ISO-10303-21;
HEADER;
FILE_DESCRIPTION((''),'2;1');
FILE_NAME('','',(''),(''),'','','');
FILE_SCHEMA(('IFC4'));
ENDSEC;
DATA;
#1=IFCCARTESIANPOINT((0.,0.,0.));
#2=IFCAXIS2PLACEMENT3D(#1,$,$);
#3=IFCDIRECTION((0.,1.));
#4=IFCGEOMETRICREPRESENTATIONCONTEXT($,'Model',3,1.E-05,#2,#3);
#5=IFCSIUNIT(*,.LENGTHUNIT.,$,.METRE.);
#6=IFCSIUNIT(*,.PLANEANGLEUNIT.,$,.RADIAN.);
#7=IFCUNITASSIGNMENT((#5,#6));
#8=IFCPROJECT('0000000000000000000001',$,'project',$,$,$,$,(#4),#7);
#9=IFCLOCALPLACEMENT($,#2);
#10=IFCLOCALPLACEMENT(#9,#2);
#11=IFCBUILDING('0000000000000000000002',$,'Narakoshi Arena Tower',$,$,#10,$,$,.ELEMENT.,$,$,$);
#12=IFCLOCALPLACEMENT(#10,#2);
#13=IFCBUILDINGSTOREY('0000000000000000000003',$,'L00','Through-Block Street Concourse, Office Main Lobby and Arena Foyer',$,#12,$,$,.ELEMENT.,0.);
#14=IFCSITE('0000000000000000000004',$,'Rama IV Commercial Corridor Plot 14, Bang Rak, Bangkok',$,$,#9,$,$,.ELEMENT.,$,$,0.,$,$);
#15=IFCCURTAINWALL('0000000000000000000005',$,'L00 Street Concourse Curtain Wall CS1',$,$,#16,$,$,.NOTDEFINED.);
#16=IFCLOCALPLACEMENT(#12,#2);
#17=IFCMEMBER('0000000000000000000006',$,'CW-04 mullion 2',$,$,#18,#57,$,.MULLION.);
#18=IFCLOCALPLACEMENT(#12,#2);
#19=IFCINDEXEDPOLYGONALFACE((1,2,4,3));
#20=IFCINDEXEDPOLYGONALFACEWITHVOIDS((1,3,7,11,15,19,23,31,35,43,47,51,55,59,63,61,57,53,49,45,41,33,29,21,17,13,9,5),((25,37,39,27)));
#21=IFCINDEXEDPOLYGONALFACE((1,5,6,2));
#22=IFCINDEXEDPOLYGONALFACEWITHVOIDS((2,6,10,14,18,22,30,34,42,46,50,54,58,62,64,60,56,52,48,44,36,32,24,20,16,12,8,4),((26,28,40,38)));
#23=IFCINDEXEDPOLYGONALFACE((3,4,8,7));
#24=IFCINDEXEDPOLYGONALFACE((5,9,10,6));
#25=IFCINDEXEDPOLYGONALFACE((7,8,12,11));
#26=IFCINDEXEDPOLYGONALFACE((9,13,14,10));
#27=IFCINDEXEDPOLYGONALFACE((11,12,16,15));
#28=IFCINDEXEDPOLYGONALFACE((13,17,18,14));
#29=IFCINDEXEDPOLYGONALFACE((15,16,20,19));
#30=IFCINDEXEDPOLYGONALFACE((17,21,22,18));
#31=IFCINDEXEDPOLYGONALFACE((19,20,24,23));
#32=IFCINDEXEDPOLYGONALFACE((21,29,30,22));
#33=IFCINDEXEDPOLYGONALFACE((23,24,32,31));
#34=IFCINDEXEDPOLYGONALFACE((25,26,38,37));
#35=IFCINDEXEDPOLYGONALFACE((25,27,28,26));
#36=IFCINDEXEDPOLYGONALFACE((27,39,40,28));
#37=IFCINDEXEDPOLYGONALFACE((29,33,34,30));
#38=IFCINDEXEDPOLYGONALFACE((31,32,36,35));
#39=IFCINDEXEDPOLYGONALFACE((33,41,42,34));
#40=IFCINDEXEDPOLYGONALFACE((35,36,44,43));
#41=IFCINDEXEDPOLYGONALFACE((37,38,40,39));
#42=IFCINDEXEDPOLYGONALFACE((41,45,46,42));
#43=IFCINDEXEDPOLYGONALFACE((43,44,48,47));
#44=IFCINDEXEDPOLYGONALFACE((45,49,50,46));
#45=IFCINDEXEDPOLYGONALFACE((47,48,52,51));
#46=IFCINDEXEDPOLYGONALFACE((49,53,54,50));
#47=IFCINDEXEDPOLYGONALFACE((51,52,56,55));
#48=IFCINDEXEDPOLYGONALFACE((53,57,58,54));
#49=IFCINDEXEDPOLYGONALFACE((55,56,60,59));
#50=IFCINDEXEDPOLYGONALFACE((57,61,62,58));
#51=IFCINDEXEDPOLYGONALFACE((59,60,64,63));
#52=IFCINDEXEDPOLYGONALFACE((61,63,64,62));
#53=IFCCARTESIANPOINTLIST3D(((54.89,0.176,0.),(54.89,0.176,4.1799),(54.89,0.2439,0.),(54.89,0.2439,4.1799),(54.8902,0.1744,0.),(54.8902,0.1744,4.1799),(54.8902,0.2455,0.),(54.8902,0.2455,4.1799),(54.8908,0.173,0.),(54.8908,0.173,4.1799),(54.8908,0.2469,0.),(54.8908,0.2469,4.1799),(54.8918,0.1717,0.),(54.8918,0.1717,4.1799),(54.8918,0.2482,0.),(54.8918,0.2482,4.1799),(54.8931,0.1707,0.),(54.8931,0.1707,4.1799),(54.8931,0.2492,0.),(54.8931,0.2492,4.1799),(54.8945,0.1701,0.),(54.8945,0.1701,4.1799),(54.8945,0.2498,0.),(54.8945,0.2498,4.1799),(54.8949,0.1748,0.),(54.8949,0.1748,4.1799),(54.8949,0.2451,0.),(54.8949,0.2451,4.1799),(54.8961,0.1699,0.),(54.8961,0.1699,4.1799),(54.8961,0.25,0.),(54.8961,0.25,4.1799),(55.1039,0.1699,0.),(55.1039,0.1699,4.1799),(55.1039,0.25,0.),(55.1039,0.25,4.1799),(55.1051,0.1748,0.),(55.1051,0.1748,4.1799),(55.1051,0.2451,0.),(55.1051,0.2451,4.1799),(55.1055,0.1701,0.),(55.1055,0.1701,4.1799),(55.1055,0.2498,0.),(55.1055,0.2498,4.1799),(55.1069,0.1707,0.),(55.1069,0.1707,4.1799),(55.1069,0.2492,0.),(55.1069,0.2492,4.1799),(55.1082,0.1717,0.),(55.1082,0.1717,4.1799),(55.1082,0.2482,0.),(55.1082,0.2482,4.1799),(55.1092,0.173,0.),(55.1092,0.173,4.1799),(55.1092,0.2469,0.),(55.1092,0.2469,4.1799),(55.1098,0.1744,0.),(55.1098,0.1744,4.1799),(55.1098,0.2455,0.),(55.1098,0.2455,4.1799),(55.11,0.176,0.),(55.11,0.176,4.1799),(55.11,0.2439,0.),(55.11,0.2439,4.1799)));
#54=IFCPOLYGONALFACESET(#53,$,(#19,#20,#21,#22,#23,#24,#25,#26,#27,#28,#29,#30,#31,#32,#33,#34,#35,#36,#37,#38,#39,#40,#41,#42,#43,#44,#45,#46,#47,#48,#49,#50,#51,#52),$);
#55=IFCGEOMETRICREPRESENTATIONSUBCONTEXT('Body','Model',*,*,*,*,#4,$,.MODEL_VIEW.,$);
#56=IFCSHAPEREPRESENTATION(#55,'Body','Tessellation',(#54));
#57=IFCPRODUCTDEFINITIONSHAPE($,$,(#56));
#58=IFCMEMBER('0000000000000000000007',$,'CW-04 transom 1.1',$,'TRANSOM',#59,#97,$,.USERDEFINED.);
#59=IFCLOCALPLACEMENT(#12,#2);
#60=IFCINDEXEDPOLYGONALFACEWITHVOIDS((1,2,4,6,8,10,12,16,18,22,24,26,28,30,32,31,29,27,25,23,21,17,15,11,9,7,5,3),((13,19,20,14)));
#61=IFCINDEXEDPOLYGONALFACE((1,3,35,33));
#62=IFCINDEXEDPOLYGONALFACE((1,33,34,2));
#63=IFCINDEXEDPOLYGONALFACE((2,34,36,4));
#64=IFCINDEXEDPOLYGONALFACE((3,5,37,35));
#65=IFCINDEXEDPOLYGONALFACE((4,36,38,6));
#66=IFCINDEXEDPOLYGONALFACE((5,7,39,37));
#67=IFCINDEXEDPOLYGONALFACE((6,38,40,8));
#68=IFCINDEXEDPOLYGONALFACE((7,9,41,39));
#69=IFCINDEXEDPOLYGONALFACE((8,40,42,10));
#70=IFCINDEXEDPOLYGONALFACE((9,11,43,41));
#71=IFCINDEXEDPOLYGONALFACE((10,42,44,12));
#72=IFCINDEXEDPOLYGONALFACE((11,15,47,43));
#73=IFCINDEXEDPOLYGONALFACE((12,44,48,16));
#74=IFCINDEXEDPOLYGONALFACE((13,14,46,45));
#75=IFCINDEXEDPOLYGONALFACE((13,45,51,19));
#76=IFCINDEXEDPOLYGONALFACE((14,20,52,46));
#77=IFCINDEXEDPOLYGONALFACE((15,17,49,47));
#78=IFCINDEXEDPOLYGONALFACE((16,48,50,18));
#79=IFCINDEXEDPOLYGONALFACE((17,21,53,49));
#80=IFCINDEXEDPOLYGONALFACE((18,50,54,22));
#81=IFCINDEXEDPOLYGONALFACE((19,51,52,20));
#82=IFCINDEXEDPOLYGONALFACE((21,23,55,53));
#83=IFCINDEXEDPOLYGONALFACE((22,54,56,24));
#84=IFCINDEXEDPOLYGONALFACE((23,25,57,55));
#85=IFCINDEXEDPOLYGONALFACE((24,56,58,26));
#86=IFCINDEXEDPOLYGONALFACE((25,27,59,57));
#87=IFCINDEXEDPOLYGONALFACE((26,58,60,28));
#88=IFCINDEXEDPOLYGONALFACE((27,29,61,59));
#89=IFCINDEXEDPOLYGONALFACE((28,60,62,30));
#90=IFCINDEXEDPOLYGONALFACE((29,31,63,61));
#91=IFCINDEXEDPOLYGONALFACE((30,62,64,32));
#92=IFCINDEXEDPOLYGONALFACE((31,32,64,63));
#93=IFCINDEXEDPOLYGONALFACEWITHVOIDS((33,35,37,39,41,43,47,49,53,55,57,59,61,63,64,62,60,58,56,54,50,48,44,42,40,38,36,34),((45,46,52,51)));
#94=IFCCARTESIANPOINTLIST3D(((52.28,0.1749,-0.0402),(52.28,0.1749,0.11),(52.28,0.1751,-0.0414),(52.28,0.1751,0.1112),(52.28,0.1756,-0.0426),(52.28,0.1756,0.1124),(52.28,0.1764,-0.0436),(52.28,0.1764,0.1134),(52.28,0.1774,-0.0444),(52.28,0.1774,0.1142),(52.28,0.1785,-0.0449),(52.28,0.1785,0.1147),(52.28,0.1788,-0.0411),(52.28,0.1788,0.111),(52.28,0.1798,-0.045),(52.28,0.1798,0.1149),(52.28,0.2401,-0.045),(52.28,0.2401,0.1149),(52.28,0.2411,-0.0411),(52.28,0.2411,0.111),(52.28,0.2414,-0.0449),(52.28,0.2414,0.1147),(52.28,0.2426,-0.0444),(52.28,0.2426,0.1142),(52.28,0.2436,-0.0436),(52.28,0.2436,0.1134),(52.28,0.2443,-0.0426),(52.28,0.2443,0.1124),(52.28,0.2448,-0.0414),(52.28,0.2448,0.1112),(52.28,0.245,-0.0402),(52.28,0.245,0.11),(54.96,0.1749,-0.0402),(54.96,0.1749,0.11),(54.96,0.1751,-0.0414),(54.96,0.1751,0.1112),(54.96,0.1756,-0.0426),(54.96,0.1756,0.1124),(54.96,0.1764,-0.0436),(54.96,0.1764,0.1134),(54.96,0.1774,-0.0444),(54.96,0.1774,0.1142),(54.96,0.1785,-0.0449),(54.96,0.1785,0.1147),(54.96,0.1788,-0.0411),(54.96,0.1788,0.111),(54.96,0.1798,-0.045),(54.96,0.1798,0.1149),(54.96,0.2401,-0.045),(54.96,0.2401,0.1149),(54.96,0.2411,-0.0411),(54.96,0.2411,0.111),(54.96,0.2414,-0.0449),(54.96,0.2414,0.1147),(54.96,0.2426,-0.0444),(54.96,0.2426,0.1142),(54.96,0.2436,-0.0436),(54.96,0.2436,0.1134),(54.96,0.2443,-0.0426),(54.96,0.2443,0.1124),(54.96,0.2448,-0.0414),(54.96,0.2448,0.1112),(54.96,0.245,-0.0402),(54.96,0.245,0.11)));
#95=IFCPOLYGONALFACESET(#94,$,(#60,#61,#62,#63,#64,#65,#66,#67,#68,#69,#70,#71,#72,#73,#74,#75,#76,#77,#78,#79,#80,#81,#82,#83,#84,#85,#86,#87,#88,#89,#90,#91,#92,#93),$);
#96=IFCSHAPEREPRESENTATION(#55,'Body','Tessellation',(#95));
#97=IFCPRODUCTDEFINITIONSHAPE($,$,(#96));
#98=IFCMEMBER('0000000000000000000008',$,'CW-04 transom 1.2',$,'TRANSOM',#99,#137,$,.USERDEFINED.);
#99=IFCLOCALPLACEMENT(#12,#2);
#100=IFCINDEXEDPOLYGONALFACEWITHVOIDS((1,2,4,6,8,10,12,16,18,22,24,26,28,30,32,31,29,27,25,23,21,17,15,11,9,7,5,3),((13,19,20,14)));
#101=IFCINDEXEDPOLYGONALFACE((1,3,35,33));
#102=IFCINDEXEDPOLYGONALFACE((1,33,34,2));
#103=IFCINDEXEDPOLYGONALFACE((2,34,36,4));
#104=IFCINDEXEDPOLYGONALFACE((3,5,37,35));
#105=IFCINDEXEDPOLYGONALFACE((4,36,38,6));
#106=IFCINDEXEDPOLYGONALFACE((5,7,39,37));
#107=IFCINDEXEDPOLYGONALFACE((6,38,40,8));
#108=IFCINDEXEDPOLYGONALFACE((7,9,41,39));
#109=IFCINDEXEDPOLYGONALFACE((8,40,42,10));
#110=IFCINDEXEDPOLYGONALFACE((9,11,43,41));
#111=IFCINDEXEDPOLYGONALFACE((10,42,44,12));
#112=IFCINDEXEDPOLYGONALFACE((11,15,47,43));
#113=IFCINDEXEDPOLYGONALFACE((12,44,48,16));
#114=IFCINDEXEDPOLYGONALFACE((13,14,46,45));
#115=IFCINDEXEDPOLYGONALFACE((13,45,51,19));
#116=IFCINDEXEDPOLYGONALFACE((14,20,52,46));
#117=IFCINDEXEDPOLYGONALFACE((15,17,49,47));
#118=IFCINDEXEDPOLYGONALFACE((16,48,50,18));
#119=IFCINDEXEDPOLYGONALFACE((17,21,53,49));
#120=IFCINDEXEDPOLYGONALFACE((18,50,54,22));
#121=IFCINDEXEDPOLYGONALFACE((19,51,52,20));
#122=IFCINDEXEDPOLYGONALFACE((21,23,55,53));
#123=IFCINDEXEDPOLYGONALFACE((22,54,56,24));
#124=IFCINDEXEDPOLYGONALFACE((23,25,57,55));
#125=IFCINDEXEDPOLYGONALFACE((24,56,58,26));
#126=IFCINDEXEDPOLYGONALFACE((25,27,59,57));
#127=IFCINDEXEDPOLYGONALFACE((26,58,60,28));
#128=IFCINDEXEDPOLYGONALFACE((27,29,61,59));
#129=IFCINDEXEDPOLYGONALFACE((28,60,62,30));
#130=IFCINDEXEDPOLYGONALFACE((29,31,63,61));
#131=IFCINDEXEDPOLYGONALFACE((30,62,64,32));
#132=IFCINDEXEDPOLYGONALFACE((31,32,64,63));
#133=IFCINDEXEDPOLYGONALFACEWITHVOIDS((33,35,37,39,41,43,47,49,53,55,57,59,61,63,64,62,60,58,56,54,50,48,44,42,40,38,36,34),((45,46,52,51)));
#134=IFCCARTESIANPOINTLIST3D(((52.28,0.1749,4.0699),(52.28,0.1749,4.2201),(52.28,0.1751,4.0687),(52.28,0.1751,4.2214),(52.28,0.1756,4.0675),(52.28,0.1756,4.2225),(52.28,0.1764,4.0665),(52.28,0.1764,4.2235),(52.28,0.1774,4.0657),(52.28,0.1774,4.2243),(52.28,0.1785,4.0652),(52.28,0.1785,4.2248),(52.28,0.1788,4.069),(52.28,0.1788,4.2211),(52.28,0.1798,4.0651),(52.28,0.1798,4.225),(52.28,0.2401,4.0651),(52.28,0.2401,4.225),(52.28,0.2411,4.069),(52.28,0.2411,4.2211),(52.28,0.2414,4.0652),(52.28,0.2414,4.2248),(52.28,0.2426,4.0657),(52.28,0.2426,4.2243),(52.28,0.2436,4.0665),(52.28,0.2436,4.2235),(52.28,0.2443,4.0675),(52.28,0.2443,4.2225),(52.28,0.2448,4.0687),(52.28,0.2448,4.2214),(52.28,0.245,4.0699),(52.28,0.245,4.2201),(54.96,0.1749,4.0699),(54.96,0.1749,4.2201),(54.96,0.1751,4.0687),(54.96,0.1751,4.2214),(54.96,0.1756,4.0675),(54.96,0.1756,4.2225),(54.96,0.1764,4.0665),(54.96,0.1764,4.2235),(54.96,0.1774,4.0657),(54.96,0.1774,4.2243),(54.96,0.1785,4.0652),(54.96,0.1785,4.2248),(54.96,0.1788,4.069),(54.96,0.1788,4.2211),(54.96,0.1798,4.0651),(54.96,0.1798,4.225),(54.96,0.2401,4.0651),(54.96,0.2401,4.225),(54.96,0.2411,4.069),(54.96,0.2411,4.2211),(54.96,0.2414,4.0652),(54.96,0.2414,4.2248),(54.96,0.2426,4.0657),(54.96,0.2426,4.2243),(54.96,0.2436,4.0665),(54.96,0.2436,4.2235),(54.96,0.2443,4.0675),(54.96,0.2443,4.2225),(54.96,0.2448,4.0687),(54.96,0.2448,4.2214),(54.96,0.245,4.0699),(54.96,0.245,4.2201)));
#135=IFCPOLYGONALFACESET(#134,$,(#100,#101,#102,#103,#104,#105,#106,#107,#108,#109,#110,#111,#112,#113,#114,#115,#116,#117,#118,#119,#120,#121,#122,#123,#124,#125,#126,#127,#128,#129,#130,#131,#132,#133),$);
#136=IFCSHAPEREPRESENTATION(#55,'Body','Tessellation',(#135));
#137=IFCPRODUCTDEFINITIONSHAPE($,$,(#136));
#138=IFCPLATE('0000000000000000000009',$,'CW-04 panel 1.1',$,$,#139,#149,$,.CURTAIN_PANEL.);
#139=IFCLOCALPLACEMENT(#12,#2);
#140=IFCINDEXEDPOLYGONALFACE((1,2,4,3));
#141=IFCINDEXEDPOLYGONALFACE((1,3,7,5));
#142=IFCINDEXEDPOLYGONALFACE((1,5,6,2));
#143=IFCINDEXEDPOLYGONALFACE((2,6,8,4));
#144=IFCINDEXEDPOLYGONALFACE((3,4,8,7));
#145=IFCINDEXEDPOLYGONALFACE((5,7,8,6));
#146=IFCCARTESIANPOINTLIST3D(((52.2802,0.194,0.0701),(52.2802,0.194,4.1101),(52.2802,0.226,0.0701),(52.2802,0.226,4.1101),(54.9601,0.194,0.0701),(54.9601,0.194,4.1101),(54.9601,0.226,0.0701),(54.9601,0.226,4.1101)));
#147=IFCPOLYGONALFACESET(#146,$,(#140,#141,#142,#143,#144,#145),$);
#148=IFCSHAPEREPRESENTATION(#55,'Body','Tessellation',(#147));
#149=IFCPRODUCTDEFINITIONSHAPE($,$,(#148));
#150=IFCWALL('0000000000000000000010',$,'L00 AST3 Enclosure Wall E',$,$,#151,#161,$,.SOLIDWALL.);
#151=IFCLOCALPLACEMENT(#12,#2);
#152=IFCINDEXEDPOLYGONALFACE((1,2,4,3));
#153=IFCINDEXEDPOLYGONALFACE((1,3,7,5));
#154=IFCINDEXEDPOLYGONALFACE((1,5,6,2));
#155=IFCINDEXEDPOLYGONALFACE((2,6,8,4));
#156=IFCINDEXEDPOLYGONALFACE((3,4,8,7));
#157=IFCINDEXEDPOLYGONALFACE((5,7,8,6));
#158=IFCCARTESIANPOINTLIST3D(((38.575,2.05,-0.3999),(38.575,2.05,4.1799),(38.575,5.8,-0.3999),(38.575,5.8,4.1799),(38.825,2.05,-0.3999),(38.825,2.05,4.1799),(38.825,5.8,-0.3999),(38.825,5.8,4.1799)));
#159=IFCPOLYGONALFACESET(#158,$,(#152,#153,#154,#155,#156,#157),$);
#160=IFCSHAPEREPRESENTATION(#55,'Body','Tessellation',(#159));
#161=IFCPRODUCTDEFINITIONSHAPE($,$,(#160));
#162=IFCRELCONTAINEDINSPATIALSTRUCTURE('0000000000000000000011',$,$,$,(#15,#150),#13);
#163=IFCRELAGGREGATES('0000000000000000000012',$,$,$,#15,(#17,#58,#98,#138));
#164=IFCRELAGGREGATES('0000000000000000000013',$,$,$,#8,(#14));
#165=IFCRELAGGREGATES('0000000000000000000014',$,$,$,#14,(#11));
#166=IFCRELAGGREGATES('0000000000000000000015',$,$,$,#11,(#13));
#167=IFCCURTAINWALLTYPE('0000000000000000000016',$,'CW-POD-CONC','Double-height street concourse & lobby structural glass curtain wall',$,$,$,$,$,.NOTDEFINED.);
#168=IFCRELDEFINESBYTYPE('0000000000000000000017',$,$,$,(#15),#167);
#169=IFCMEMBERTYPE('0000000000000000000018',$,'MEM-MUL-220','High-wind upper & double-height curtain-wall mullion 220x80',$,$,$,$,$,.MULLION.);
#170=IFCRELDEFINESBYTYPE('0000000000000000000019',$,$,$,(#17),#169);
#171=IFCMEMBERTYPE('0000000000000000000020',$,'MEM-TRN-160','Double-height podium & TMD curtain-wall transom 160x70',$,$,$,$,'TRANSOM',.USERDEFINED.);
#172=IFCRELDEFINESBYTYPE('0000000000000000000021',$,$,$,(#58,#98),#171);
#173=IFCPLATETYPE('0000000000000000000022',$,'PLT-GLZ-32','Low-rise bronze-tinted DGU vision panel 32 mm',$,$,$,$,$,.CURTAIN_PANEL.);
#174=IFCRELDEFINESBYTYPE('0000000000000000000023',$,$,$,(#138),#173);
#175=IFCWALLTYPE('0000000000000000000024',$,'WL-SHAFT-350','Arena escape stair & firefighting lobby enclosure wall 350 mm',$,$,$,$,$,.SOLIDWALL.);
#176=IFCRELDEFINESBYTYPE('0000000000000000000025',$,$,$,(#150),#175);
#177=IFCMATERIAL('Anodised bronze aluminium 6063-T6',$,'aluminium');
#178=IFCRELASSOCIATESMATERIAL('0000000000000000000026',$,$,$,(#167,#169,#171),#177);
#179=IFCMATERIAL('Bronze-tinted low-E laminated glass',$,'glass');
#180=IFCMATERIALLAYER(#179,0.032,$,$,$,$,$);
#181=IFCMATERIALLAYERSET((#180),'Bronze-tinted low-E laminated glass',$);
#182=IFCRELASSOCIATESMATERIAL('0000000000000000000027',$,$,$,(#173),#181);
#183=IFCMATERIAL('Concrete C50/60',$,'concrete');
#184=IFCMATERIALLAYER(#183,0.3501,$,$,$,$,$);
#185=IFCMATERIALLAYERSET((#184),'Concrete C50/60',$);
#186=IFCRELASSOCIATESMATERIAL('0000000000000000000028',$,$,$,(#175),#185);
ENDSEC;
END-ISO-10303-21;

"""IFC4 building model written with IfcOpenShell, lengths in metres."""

from ifc_helpers import new_model, si_unit, direction, frame, frame_2d, origin, origin_2d, place, context, subcontext, project, spatial, rectangle, hollow_rectangle, extrude, material, layer, layer_set, material_profile, profile_set, type_object, element, aggregate, save


model = new_model("IFC4")

# Units and contexts
model_context = context("Model", 3, precision=1e-05, world=origin(), true_north=direction((0.0, 1.0)))
body_context = subcontext(model_context, "Body", "Model", "MODEL_VIEW")
ifc_project = project(units=[si_unit("LENGTHUNIT", "METRE"), si_unit("PLANEANGLEUNIT", "RADIAN")], contexts=[model_context])

# Site, building, storey
site_placement = place(None, origin())
site = spatial("IfcSite", under=ifc_project, at=site_placement, Name="Rama IV Commercial Corridor Plot 14, Bang Rak, Bangkok", CompositionType="ELEMENT", RefElevation=0.0)
building_placement = place(site_placement, origin())
building = spatial("IfcBuilding", under=site, at=building_placement, Name="Narakoshi Arena Tower", CompositionType="ELEMENT")
storey_placement = place(building_placement, origin())
storey = spatial("IfcBuildingStorey", under=building, at=storey_placement, Name="L00", Description="Through-Block Street Concourse, Office Main Lobby and Arena Foyer", CompositionType="ELEMENT", Elevation=0.0)

# Curtain wall, members, plate
ifc_material_1 = material(Name="Anodised bronze aluminium 6063-T6", Category="aluminium")
curtain_wall_type = type_object("IfcCurtainWallType", Name="CW-POD-CONC", Description="Double-height street concourse & lobby structural glass curtain wall", PredefinedType="NOTDEFINED", material=ifc_material_1)
curtain_wall_placement = place(storey_placement, origin())
curtain_wall = element("IfcCurtainWall", 1, at=curtain_wall_placement, inside=storey, type_object=curtain_wall_type, Name="L00 Street Concourse Curtain Wall CS1", PredefinedType="NOTDEFINED")
ifc_material_profile_1 = material_profile(ifc_material_1, hollow_rectangle(XDim=0.0801, YDim=0.22, WallThickness=0.0049, OuterFilletRadius=0.0061, at=origin_2d()), Name="MUL220x80x5")
ifc_profile_set_1 = profile_set([ifc_material_profile_1], Name="Anodised bronze aluminium 6063-T6")
member_type_1 = type_object("IfcMemberType", Name="MEM-MUL-220", Description="High-wind upper & double-height curtain-wall mullion 220x80", PredefinedType="MULLION", material=ifc_profile_set_1)
member_1_placement = place(storey_placement, frame((55.0, 0.21, 0.0), z_axis=(0.0, 0.0, 1.0), x_axis=(0.0, 1.0, 0.0)))
member_1 = element("IfcMember", 2, at=member_1_placement, type_object=member_type_1, Name="CW-04 mullion 2", PredefinedType="MULLION", context=body_context, shape_type="SweptSolid", body=[
    extrude(hollow_rectangle(XDim=0.0801, YDim=0.22, WallThickness=0.0049, OuterFilletRadius=0.0061, at=origin_2d()), origin(), (0.0, 0.0, 1.0), 4.1799),
])
ifc_material_profile_2 = material_profile(ifc_material_1, hollow_rectangle(XDim=0.0701, YDim=0.1599, WallThickness=0.0039, OuterFilletRadius=0.0049, at=origin_2d()), Name="TRN160x70x4")
ifc_profile_set_2 = profile_set([ifc_material_profile_2], Name="Anodised bronze aluminium 6063-T6")
member_type_2 = type_object("IfcMemberType", Name="MEM-TRN-160", Description="Double-height podium & TMD curtain-wall transom 160x70", ElementType="TRANSOM", PredefinedType="USERDEFINED", material=ifc_profile_set_2)
member_2_placement = place(storey_placement, frame((52.28, 0.21, 0.0349), z_axis=(1.0, 0.0, 0.0), x_axis=(0.0, 1.0, 0.0)))
member_2 = element("IfcMember", 3, at=member_2_placement, type_object=member_type_2, Name="CW-04 transom 1.1", ObjectType="TRANSOM", PredefinedType="USERDEFINED", context=body_context, shape_type="SweptSolid", body=[
    extrude(hollow_rectangle(XDim=0.0701, YDim=0.1599, WallThickness=0.0039, OuterFilletRadius=0.0049, at=origin_2d()), origin(), (0.0, 0.0, 1.0), 2.6799),
])
member_3_placement = place(storey_placement, frame((52.28, 0.21, 4.145), z_axis=(1.0, 0.0, 0.0), x_axis=(0.0, 1.0, 0.0)))
member_3 = element("IfcMember", 4, at=member_3_placement, type_object=member_type_2, Name="CW-04 transom 1.2", ObjectType="TRANSOM", PredefinedType="USERDEFINED", context=body_context, shape_type="SweptSolid", body=[
    extrude(hollow_rectangle(XDim=0.0701, YDim=0.1599, WallThickness=0.0039, OuterFilletRadius=0.0049, at=origin_2d()), origin(), (0.0, 0.0, 1.0), 2.6799),
])
ifc_material_2 = material(Name="Bronze-tinted low-E laminated glass", Category="glass")
ifc_layer_1 = layer(ifc_material_2, 0.032)
ifc_layer_set_1 = layer_set([ifc_layer_1], Name="Bronze-tinted low-E laminated glass")
plate_type = type_object("IfcPlateType", Name="PLT-GLZ-32", Description="Low-rise bronze-tinted DGU vision panel 32 mm", PredefinedType="CURTAIN_PANEL", material=ifc_layer_set_1)
plate_placement = place(storey_placement, frame((53.6201, 0.21, 0.0701), z_axis=(0.0, 0.0, 1.0), x_axis=(1.0, 0.0, 0.0)))
plate = element("IfcPlate", 5, at=plate_placement, type_object=plate_type, Name="CW-04 panel 1.1", PredefinedType="CURTAIN_PANEL", context=body_context, shape_type="SweptSolid", body=[
    extrude(rectangle(XDim=2.6799, YDim=0.032, at=origin_2d()), origin(), (0.0, 0.0, 1.0), 4.04),
])
aggregate(curtain_wall, [member_1, member_2, member_3, plate])

# Wall
ifc_material_3 = material(Name="Concrete C50/60", Category="concrete")
ifc_layer_2 = layer(ifc_material_3, 0.3501)
ifc_layer_set_2 = layer_set([ifc_layer_2], Name="Concrete C50/60")
wall_type = type_object("IfcWallType", Name="WL-SHAFT-350", Description="Arena escape stair & firefighting lobby enclosure wall 350 mm", PredefinedType="SOLIDWALL", material=ifc_layer_set_2)
wall_1_placement = place(storey_placement, frame((38.7, 2.05, -0.3999), z_axis=(0.0, 0.0, 1.0), x_axis=(0.0, 1.0, 0.0)))
element("IfcWall", 6, at=wall_1_placement, inside=storey, type_object=wall_type, Name="L00 AST3 Enclosure Wall E", PredefinedType="SOLIDWALL", context=body_context, shape_type="SweptSolid", body=[
    extrude(rectangle(XDim=3.75, YDim=0.25, at=frame_2d((1.875, 0.0))), origin(), (0.0, 0.0, 1.0), 4.5798),
])

save(model, "model.ifc")
